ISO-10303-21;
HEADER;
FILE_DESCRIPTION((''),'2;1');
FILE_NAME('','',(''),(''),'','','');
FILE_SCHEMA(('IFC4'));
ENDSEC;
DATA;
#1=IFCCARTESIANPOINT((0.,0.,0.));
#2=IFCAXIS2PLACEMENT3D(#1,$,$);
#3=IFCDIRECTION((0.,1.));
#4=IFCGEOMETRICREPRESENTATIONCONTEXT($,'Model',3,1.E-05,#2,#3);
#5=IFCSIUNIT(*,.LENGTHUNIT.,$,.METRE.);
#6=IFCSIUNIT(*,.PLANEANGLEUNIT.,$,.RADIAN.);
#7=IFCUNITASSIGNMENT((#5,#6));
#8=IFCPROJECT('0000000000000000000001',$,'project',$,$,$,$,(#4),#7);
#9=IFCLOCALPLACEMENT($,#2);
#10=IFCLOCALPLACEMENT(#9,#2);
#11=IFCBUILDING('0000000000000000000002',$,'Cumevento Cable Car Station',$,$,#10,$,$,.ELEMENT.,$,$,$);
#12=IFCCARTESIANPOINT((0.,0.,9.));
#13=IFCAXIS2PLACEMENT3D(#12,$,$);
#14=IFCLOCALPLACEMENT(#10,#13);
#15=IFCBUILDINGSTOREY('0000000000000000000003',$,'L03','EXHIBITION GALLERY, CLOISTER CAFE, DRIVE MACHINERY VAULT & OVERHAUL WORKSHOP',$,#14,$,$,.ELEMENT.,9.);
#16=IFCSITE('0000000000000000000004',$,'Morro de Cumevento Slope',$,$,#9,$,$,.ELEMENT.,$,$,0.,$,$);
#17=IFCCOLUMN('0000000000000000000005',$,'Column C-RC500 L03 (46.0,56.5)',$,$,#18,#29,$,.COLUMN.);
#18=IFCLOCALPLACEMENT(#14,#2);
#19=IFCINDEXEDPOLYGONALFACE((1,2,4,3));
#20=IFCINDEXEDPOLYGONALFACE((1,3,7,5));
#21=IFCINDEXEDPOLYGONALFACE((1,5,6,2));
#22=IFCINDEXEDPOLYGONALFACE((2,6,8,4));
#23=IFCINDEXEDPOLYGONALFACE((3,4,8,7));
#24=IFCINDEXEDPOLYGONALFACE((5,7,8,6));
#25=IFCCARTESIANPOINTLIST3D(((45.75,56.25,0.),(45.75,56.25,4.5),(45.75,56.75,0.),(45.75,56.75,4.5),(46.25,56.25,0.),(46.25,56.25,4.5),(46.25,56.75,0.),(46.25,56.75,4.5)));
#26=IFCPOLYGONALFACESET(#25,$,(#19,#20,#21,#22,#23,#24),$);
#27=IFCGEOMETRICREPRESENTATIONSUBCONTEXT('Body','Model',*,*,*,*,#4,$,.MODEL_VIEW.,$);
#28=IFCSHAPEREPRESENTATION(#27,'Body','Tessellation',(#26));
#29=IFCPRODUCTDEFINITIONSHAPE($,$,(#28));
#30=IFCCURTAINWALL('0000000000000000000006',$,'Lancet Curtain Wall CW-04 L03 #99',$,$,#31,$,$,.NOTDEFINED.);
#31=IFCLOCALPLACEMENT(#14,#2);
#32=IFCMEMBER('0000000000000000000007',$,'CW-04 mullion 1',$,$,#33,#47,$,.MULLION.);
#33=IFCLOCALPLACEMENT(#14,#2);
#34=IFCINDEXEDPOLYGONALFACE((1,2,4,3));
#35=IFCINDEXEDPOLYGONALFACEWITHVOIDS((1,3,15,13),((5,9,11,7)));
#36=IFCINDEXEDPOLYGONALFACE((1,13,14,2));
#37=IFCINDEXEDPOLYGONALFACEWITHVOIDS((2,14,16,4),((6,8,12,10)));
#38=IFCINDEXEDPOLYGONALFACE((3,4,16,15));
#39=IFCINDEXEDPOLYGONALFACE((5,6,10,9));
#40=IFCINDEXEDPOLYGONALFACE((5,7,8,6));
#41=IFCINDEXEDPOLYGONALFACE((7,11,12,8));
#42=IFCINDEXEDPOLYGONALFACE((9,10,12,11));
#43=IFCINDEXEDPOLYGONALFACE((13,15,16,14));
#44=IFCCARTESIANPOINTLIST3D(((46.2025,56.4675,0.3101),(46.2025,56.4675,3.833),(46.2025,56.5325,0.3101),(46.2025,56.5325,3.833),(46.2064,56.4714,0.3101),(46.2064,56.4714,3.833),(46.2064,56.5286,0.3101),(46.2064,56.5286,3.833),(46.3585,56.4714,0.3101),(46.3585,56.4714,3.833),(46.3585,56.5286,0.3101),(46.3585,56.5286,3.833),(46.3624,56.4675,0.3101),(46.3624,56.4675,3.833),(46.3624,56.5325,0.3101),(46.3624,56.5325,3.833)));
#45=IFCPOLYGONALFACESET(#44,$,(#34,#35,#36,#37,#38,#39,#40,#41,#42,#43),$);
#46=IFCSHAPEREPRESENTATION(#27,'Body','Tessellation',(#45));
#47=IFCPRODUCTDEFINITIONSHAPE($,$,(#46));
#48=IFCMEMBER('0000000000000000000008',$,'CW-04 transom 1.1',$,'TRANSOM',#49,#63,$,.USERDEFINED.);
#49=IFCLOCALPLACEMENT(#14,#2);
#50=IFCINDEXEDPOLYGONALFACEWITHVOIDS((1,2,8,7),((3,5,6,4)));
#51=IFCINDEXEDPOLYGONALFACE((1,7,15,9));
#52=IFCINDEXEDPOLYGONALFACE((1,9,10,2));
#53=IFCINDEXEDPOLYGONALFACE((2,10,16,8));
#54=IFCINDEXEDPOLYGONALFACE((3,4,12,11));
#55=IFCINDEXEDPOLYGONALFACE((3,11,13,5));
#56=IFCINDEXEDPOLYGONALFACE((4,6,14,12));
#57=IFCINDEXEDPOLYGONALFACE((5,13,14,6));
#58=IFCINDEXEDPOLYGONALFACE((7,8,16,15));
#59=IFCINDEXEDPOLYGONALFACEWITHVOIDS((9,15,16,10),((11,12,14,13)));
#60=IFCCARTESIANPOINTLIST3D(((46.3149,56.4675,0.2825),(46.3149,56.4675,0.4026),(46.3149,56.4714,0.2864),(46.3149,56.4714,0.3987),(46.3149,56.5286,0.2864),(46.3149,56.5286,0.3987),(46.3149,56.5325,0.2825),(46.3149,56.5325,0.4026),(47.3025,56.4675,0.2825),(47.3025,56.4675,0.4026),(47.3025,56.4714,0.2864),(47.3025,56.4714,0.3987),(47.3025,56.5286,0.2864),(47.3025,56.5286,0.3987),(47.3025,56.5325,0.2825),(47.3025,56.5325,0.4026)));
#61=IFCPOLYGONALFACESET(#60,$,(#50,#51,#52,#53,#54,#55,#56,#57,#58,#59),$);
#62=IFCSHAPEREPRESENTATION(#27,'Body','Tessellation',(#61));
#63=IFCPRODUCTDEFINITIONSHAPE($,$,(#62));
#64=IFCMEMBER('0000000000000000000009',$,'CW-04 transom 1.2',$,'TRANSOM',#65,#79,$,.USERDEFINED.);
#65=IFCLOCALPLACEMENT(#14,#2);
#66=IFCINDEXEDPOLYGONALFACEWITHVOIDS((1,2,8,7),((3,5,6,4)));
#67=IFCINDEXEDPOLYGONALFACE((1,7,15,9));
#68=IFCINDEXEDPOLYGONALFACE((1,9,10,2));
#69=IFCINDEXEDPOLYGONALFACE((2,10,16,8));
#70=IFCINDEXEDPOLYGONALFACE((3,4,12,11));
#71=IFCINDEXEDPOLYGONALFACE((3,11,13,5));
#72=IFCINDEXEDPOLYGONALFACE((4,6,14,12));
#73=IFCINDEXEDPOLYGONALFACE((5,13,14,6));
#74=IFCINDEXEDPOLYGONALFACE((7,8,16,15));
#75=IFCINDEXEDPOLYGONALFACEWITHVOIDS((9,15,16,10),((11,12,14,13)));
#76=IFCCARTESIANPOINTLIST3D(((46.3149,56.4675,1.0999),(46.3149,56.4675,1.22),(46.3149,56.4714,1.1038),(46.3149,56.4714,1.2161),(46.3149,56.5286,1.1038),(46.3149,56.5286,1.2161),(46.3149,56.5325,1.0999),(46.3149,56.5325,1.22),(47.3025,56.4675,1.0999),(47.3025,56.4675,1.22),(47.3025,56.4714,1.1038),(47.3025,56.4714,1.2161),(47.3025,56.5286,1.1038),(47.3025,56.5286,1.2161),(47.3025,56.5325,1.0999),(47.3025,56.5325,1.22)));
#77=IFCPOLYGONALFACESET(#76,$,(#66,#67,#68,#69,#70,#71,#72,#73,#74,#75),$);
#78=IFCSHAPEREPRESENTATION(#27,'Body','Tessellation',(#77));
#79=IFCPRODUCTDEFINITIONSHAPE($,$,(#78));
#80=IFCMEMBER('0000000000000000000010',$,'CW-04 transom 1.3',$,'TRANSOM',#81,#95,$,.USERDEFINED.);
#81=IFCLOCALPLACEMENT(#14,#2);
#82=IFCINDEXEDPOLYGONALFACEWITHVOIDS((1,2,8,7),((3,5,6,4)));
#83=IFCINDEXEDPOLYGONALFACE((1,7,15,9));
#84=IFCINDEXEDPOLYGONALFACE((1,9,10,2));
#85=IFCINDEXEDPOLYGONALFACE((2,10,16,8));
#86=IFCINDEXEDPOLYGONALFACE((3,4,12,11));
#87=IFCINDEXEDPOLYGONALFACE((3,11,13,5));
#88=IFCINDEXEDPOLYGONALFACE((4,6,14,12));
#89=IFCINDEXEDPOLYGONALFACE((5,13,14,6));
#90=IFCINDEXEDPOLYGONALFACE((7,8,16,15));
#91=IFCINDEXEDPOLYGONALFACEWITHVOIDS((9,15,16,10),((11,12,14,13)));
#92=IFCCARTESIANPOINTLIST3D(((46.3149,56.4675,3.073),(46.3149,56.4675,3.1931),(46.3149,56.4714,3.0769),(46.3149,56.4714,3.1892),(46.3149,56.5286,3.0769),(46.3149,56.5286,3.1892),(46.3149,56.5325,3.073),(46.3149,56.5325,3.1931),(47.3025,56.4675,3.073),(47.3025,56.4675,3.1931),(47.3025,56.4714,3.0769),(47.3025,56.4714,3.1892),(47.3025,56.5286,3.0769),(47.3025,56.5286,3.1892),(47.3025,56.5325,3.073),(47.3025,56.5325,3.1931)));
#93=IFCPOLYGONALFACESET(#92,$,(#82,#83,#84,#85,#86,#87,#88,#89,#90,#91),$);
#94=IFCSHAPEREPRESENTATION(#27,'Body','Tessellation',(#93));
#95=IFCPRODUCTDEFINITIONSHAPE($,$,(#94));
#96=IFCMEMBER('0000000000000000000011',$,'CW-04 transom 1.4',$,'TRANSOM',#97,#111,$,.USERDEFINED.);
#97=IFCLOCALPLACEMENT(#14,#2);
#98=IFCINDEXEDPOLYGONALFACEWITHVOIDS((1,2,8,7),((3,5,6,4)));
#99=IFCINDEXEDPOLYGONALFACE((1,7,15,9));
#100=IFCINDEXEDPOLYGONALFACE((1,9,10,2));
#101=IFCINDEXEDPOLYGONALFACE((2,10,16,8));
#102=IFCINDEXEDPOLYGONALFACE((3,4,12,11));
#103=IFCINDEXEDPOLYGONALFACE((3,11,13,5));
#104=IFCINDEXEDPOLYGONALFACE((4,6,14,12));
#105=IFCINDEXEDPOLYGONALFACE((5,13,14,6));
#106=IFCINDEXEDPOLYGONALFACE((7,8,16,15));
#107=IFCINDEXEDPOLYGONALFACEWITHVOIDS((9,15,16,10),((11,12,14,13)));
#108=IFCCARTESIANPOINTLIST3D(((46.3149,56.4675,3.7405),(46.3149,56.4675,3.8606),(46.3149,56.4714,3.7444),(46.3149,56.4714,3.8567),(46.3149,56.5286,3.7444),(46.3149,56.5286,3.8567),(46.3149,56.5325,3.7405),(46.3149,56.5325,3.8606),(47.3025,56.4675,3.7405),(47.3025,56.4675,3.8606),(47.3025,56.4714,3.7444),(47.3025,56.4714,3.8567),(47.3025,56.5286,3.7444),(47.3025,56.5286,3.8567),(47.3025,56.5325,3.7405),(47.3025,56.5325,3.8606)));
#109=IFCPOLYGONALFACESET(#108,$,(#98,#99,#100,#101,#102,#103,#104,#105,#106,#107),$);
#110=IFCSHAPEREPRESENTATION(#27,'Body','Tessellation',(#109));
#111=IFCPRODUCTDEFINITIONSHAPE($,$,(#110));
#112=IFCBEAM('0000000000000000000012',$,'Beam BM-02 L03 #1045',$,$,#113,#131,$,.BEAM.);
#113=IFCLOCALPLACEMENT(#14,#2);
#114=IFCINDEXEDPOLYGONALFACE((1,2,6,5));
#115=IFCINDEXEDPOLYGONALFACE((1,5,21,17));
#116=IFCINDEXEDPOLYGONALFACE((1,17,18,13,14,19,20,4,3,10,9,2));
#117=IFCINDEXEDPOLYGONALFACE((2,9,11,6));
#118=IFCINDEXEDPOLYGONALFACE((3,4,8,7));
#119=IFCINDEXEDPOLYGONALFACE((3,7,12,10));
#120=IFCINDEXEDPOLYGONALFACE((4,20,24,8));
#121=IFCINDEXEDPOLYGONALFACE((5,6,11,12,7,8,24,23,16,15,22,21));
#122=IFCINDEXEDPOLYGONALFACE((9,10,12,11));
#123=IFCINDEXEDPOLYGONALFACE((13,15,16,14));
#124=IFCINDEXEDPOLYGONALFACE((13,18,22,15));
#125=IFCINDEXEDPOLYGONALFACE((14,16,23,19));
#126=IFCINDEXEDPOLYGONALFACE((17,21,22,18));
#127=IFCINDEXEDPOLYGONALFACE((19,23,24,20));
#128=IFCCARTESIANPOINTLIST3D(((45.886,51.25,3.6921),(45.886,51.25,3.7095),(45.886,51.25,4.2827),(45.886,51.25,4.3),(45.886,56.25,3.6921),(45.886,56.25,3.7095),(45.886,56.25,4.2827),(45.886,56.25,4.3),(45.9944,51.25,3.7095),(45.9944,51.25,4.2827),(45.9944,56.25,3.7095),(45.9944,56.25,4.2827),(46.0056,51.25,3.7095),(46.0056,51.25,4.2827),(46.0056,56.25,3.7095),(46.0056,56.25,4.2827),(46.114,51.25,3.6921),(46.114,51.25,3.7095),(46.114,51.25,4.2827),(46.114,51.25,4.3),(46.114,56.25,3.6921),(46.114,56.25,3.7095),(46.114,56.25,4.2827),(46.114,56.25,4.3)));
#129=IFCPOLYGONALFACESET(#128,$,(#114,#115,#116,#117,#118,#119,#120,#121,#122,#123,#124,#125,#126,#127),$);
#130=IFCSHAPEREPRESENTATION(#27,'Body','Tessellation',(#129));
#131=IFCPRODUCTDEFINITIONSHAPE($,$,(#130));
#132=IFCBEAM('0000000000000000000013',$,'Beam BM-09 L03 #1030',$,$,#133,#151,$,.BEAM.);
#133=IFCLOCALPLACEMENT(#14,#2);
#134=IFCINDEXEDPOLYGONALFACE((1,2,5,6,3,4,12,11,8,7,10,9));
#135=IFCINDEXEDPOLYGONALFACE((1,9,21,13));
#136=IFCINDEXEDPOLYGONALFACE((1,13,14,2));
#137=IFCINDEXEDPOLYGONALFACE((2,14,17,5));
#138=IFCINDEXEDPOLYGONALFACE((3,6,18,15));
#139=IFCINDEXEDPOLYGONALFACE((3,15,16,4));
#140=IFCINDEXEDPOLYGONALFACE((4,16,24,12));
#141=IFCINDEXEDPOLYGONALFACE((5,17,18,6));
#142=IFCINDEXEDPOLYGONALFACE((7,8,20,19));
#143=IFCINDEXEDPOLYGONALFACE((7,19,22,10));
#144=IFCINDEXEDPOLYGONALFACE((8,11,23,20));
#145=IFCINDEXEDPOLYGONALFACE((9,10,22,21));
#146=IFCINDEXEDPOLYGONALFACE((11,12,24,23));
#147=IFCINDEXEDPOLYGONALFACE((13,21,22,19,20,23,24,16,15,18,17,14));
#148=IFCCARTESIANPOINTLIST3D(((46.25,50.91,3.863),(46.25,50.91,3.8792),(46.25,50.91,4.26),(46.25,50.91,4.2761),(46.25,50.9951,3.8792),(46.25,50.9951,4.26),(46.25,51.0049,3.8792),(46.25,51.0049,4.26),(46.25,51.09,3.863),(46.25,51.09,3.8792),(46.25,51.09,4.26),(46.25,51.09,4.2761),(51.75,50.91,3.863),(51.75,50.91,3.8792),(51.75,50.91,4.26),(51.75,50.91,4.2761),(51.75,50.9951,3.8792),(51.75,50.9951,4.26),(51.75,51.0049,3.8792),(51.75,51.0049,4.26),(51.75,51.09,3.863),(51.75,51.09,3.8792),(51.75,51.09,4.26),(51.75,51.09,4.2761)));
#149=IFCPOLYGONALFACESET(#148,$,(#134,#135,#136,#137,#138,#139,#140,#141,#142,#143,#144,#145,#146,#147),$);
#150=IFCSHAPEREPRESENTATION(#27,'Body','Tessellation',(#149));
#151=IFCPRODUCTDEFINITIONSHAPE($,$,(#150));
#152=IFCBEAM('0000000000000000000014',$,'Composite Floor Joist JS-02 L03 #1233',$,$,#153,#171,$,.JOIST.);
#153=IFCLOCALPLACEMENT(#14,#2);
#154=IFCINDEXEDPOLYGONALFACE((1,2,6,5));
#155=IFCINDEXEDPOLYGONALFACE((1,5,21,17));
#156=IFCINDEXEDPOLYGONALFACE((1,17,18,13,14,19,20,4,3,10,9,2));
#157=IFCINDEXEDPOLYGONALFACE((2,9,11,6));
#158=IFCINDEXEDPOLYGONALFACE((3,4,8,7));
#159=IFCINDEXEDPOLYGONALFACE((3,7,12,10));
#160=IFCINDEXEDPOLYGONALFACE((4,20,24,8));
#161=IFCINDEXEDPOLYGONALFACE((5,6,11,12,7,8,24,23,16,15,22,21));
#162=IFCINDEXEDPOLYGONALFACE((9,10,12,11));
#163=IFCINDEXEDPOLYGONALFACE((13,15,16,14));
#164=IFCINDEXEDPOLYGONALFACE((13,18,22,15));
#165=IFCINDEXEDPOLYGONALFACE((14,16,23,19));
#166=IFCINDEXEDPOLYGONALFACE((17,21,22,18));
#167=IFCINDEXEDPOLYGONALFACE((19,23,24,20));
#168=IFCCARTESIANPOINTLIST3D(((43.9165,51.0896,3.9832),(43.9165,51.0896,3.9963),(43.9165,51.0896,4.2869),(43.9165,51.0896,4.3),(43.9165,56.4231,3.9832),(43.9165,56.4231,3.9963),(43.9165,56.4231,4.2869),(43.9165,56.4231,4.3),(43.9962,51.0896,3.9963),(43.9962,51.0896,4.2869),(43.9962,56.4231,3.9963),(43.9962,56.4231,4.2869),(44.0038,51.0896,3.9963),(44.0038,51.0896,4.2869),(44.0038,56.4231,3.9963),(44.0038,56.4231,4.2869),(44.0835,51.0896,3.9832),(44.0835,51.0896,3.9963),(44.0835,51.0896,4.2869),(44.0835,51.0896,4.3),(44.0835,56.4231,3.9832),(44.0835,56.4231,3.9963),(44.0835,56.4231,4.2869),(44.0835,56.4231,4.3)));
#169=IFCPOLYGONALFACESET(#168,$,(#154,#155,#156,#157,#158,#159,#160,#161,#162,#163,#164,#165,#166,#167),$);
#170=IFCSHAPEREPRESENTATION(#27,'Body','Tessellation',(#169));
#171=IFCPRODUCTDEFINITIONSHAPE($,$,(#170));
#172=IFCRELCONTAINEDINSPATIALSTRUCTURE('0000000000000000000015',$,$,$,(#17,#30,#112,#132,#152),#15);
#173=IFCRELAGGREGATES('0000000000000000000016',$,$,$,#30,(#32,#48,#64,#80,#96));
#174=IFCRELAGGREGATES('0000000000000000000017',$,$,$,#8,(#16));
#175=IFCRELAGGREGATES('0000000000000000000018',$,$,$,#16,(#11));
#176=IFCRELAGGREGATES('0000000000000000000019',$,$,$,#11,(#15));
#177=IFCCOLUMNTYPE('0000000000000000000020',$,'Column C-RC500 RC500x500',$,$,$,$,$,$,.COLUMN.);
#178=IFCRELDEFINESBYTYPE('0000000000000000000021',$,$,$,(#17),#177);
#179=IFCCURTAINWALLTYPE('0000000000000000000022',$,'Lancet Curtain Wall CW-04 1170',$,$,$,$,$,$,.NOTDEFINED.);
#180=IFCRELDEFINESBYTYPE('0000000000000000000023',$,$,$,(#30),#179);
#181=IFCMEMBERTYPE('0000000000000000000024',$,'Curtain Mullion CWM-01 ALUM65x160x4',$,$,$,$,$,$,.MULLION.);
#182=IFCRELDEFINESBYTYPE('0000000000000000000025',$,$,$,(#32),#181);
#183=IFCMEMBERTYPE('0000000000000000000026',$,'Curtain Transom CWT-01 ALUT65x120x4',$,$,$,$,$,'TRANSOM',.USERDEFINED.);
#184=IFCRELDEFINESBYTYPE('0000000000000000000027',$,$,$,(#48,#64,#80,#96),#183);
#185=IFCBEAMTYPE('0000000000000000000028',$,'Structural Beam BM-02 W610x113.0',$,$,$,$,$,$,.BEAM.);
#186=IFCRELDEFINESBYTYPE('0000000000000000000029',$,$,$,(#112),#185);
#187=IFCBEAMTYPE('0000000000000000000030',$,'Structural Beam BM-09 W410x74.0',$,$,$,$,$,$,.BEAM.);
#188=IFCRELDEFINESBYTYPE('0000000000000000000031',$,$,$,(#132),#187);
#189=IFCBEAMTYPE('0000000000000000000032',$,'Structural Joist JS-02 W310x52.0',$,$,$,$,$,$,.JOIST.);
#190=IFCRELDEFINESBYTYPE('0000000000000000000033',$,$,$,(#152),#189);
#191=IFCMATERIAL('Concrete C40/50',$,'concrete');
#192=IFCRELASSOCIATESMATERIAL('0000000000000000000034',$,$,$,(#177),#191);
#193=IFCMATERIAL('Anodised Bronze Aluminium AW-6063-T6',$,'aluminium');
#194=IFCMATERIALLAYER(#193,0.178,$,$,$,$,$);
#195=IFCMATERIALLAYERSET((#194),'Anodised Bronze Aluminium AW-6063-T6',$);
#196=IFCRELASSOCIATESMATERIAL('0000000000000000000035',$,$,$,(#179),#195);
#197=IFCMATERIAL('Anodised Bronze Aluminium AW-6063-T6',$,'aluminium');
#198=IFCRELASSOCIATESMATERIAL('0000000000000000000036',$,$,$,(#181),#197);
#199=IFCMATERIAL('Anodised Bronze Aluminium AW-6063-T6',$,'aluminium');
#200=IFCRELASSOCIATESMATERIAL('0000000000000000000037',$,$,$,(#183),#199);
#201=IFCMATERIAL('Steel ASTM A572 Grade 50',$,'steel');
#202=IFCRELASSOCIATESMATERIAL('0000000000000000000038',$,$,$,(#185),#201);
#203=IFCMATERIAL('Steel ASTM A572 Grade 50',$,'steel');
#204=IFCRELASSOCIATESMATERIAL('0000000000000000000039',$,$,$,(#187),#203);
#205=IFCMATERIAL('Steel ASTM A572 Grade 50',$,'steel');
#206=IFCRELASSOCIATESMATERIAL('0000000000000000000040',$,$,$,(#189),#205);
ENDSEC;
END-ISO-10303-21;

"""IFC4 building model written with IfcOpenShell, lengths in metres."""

from ifc_helpers import new_model, si_unit, direction, frame, origin, origin_2d, place, context, subcontext, project, spatial, rectangle, hollow_rectangle, i_section, extrude, material, layer, layer_set, material_profile, profile_set, type_object, element, aggregate, save


model = new_model("IFC4")

# Units and contexts
model_context = context("Model", 3, precision=1e-05, world=origin(), true_north=direction((0.0, 1.0)))
body_context = subcontext(model_context, "Body", "Model", "MODEL_VIEW")
ifc_project = project(units=[si_unit("LENGTHUNIT", "METRE"), si_unit("PLANEANGLEUNIT", "RADIAN")], contexts=[model_context])

# Site, building, storey
site_placement = place(None, origin())
site = spatial("IfcSite", under=ifc_project, at=site_placement, Name="Morro de Cumevento Slope", CompositionType="ELEMENT", RefElevation=0.0)
building_placement = place(site_placement, origin())
building = spatial("IfcBuilding", under=site, at=building_placement, Name="Cumevento Cable Car Station", CompositionType="ELEMENT")
storey_placement = place(building_placement, frame((0.0, 0.0, 9.0)))
storey = spatial("IfcBuildingStorey", under=building, at=storey_placement, Name="L03", Description="EXHIBITION GALLERY, CLOISTER CAFE, DRIVE MACHINERY VAULT & OVERHAUL WORKSHOP", CompositionType="ELEMENT", Elevation=9.0)

# Column
ifc_material_1 = material(Name="Concrete C40/50", Category="concrete")
ifc_material_profile_1 = material_profile(ifc_material_1, rectangle(XDim=0.5, YDim=0.5, at=origin_2d()), Name="RC500x500")
ifc_profile_set_1 = profile_set([ifc_material_profile_1], Name="Concrete C40/50")
column_type = type_object("IfcColumnType", Name="Column C-RC500 RC500x500", PredefinedType="COLUMN", material=ifc_profile_set_1)
column_placement = place(storey_placement, frame((46.0, 56.5, 0.0), z_axis=(0.0, 0.0, 1.0), x_axis=(1.0, 0.0, 0.0)))
element("IfcColumn", 1, at=column_placement, inside=storey, type_object=column_type, Name="Column C-RC500 L03 (46.0,56.5)", PredefinedType="COLUMN", context=body_context, shape_type="SweptSolid", body=[
    extrude(rectangle(XDim=0.5, YDim=0.5, at=origin_2d()), origin(), (0.0, 0.0, 1.0), 4.5),
])

# Curtain wall, members
ifc_material_2 = material(Name="Anodised Bronze Aluminium AW-6063-T6", Category="aluminium")
ifc_layer_1 = layer(ifc_material_2, 0.178)
ifc_layer_set_1 = layer_set([ifc_layer_1], Name="Anodised Bronze Aluminium AW-6063-T6")
curtain_wall_type = type_object("IfcCurtainWallType", Name="Lancet Curtain Wall CW-04 1170", PredefinedType="NOTDEFINED", material=ifc_layer_set_1)
curtain_wall_placement = place(storey_placement, origin())
curtain_wall = element("IfcCurtainWall", 2, at=curtain_wall_placement, inside=storey, type_object=curtain_wall_type, Name="Lancet Curtain Wall CW-04 L03 #99", PredefinedType="NOTDEFINED")
ifc_material_3 = material(Name="Anodised Bronze Aluminium AW-6063-T6", Category="aluminium")
ifc_material_profile_2 = material_profile(ifc_material_3, hollow_rectangle(XDim=0.0649, YDim=0.1599, WallThickness=0.0039, at=origin_2d()), Name="ALUM65x160x4")
ifc_profile_set_2 = profile_set([ifc_material_profile_2], Name="Anodised Bronze Aluminium AW-6063-T6")
member_type_1 = type_object("IfcMemberType", Name="Curtain Mullion CWM-01 ALUM65x160x4", PredefinedType="MULLION", material=ifc_profile_set_2)
member_1_placement = place(storey_placement, frame((46.2825, 56.5, 0.3101), z_axis=(0.0, 0.0, 1.0), x_axis=(0.0, 1.0, 0.0)))
member_1 = element("IfcMember", 3, at=member_1_placement, type_object=member_type_1, Name="CW-04 mullion 1", PredefinedType="MULLION", context=body_context, shape_type="SweptSolid", body=[
    extrude(hollow_rectangle(XDim=0.0649, YDim=0.1599, WallThickness=0.0039, at=origin_2d()), origin(), (0.0, 0.0, 1.0), 3.5229),
])
ifc_material_4 = material(Name="Anodised Bronze Aluminium AW-6063-T6", Category="aluminium")
ifc_material_profile_3 = material_profile(ifc_material_4, hollow_rectangle(XDim=0.0649, YDim=0.1201, WallThickness=0.0039, at=origin_2d()), Name="ALUT65x120x4")
ifc_profile_set_3 = profile_set([ifc_material_profile_3], Name="Anodised Bronze Aluminium AW-6063-T6")
member_type_2 = type_object("IfcMemberType", Name="Curtain Transom CWT-01 ALUT65x120x4", ElementType="TRANSOM", PredefinedType="USERDEFINED", material=ifc_profile_set_3)
member_2_placement = place(storey_placement, frame((46.3149, 56.5, 0.3425), z_axis=(1.0, 0.0, 0.0), x_axis=(0.0, 1.0, 0.0)))
member_2 = element("IfcMember", 4, at=member_2_placement, type_object=member_type_2, Name="CW-04 transom 1.1", ObjectType="TRANSOM", PredefinedType="USERDEFINED", context=body_context, shape_type="SweptSolid", body=[
    extrude(hollow_rectangle(XDim=0.0649, YDim=0.1201, WallThickness=0.0039, at=origin_2d()), origin(), (0.0, 0.0, 1.0), 0.9875),
])
member_3_placement = place(storey_placement, frame((46.3149, 56.5, 1.1599), z_axis=(1.0, 0.0, 0.0), x_axis=(0.0, 1.0, 0.0)))
member_3 = element("IfcMember", 5, at=member_3_placement, type_object=member_type_2, Name="CW-04 transom 1.2", ObjectType="TRANSOM", PredefinedType="USERDEFINED", context=body_context, shape_type="SweptSolid", body=[
    extrude(hollow_rectangle(XDim=0.0649, YDim=0.1201, WallThickness=0.0039, at=origin_2d()), origin(), (0.0, 0.0, 1.0), 0.9875),
])
member_4_placement = place(storey_placement, frame((46.3149, 56.5, 3.1331), z_axis=(1.0, 0.0, 0.0), x_axis=(0.0, 1.0, 0.0)))
member_4 = element("IfcMember", 6, at=member_4_placement, type_object=member_type_2, Name="CW-04 transom 1.3", ObjectType="TRANSOM", PredefinedType="USERDEFINED", context=body_context, shape_type="SweptSolid", body=[
    extrude(hollow_rectangle(XDim=0.0649, YDim=0.1201, WallThickness=0.0039, at=origin_2d()), origin(), (0.0, 0.0, 1.0), 0.9875),
])
member_5_placement = place(storey_placement, frame((46.3149, 56.5, 3.8005), z_axis=(1.0, 0.0, 0.0), x_axis=(0.0, 1.0, 0.0)))
member_5 = element("IfcMember", 7, at=member_5_placement, type_object=member_type_2, Name="CW-04 transom 1.4", ObjectType="TRANSOM", PredefinedType="USERDEFINED", context=body_context, shape_type="SweptSolid", body=[
    extrude(hollow_rectangle(XDim=0.0649, YDim=0.1201, WallThickness=0.0039, at=origin_2d()), origin(), (0.0, 0.0, 1.0), 0.9875),
])

# Beams
ifc_material_5 = material(Name="Steel ASTM A572 Grade 50", Category="steel")
ifc_material_profile_4 = material_profile(ifc_material_5, i_section(OverallWidth=0.228, OverallDepth=0.6079, WebThickness=0.0112, FlangeThickness=0.0173, at=origin_2d()), Name="W610x113.0")
ifc_profile_set_4 = profile_set([ifc_material_profile_4], Name="Steel ASTM A572 Grade 50")
beam_type_1 = type_object("IfcBeamType", Name="Structural Beam BM-02 W610x113.0", PredefinedType="BEAM", material=ifc_profile_set_4)
beam_1_placement = place(storey_placement, frame((46.0, 51.25, 3.9961), z_axis=(0.0, 1.0, 0.0), x_axis=(-1.0, 0.0, 0.0)))
element("IfcBeam", 8, at=beam_1_placement, inside=storey, type_object=beam_type_1, Name="Beam BM-02 L03 #1045", PredefinedType="BEAM", context=body_context, shape_type="SweptSolid", body=[
    extrude(i_section(OverallWidth=0.228, OverallDepth=0.6079, WebThickness=0.0112, FlangeThickness=0.0173, at=origin_2d()), origin(), (0.0, 0.0, 1.0), 5.0),
])
ifc_material_6 = material(Name="Steel ASTM A572 Grade 50", Category="steel")
ifc_material_profile_5 = material_profile(ifc_material_6, i_section(OverallWidth=0.1799, OverallDepth=0.4131, WebThickness=0.0098, FlangeThickness=0.0161, at=origin_2d()), Name="W410x74.0")
ifc_profile_set_5 = profile_set([ifc_material_profile_5], Name="Steel ASTM A572 Grade 50")
beam_type_2 = type_object("IfcBeamType", Name="Structural Beam BM-09 W410x74.0", PredefinedType="BEAM", material=ifc_profile_set_5)
beam_2_placement = place(storey_placement, frame((46.25, 51.0, 4.0696), z_axis=(1.0, 0.0, 0.0), x_axis=(0.0, 1.0, 0.0)))
element("IfcBeam", 9, at=beam_2_placement, inside=storey, type_object=beam_type_2, Name="Beam BM-09 L03 #1030", PredefinedType="BEAM", context=body_context, shape_type="SweptSolid", body=[
    extrude(i_section(OverallWidth=0.1799, OverallDepth=0.4131, WebThickness=0.0098, FlangeThickness=0.0161, at=origin_2d()), origin(), (0.0, 0.0, 1.0), 5.5),
])
ifc_material_7 = material(Name="Steel ASTM A572 Grade 50", Category="steel")
ifc_material_profile_6 = material_profile(ifc_material_7, i_section(OverallWidth=0.167, OverallDepth=0.3169, WebThickness=0.0076, FlangeThickness=0.0132, at=origin_2d()), Name="W310x52.0")
ifc_profile_set_6 = profile_set([ifc_material_profile_6], Name="Steel ASTM A572 Grade 50")
beam_type_3 = type_object("IfcBeamType", Name="Structural Joist JS-02 W310x52.0", PredefinedType="JOIST", material=ifc_profile_set_6)
beam_3_placement = place(storey_placement, frame((44.0, 51.0896, 4.1416), z_axis=(0.0, 1.0, 0.0), x_axis=(-1.0, 0.0, 0.0)))
element("IfcBeam", 10, at=beam_3_placement, inside=storey, type_object=beam_type_3, Name="Composite Floor Joist JS-02 L03 #1233", PredefinedType="JOIST", context=body_context, shape_type="SweptSolid", body=[
    extrude(i_section(OverallWidth=0.167, OverallDepth=0.3169, WebThickness=0.0076, FlangeThickness=0.0132, at=origin_2d()), origin(), (0.0, 0.0, 1.0), 5.3335),
])

aggregate(curtain_wall, [member_1, member_2, member_3, member_4, member_5])

save(model, "model.ifc")
